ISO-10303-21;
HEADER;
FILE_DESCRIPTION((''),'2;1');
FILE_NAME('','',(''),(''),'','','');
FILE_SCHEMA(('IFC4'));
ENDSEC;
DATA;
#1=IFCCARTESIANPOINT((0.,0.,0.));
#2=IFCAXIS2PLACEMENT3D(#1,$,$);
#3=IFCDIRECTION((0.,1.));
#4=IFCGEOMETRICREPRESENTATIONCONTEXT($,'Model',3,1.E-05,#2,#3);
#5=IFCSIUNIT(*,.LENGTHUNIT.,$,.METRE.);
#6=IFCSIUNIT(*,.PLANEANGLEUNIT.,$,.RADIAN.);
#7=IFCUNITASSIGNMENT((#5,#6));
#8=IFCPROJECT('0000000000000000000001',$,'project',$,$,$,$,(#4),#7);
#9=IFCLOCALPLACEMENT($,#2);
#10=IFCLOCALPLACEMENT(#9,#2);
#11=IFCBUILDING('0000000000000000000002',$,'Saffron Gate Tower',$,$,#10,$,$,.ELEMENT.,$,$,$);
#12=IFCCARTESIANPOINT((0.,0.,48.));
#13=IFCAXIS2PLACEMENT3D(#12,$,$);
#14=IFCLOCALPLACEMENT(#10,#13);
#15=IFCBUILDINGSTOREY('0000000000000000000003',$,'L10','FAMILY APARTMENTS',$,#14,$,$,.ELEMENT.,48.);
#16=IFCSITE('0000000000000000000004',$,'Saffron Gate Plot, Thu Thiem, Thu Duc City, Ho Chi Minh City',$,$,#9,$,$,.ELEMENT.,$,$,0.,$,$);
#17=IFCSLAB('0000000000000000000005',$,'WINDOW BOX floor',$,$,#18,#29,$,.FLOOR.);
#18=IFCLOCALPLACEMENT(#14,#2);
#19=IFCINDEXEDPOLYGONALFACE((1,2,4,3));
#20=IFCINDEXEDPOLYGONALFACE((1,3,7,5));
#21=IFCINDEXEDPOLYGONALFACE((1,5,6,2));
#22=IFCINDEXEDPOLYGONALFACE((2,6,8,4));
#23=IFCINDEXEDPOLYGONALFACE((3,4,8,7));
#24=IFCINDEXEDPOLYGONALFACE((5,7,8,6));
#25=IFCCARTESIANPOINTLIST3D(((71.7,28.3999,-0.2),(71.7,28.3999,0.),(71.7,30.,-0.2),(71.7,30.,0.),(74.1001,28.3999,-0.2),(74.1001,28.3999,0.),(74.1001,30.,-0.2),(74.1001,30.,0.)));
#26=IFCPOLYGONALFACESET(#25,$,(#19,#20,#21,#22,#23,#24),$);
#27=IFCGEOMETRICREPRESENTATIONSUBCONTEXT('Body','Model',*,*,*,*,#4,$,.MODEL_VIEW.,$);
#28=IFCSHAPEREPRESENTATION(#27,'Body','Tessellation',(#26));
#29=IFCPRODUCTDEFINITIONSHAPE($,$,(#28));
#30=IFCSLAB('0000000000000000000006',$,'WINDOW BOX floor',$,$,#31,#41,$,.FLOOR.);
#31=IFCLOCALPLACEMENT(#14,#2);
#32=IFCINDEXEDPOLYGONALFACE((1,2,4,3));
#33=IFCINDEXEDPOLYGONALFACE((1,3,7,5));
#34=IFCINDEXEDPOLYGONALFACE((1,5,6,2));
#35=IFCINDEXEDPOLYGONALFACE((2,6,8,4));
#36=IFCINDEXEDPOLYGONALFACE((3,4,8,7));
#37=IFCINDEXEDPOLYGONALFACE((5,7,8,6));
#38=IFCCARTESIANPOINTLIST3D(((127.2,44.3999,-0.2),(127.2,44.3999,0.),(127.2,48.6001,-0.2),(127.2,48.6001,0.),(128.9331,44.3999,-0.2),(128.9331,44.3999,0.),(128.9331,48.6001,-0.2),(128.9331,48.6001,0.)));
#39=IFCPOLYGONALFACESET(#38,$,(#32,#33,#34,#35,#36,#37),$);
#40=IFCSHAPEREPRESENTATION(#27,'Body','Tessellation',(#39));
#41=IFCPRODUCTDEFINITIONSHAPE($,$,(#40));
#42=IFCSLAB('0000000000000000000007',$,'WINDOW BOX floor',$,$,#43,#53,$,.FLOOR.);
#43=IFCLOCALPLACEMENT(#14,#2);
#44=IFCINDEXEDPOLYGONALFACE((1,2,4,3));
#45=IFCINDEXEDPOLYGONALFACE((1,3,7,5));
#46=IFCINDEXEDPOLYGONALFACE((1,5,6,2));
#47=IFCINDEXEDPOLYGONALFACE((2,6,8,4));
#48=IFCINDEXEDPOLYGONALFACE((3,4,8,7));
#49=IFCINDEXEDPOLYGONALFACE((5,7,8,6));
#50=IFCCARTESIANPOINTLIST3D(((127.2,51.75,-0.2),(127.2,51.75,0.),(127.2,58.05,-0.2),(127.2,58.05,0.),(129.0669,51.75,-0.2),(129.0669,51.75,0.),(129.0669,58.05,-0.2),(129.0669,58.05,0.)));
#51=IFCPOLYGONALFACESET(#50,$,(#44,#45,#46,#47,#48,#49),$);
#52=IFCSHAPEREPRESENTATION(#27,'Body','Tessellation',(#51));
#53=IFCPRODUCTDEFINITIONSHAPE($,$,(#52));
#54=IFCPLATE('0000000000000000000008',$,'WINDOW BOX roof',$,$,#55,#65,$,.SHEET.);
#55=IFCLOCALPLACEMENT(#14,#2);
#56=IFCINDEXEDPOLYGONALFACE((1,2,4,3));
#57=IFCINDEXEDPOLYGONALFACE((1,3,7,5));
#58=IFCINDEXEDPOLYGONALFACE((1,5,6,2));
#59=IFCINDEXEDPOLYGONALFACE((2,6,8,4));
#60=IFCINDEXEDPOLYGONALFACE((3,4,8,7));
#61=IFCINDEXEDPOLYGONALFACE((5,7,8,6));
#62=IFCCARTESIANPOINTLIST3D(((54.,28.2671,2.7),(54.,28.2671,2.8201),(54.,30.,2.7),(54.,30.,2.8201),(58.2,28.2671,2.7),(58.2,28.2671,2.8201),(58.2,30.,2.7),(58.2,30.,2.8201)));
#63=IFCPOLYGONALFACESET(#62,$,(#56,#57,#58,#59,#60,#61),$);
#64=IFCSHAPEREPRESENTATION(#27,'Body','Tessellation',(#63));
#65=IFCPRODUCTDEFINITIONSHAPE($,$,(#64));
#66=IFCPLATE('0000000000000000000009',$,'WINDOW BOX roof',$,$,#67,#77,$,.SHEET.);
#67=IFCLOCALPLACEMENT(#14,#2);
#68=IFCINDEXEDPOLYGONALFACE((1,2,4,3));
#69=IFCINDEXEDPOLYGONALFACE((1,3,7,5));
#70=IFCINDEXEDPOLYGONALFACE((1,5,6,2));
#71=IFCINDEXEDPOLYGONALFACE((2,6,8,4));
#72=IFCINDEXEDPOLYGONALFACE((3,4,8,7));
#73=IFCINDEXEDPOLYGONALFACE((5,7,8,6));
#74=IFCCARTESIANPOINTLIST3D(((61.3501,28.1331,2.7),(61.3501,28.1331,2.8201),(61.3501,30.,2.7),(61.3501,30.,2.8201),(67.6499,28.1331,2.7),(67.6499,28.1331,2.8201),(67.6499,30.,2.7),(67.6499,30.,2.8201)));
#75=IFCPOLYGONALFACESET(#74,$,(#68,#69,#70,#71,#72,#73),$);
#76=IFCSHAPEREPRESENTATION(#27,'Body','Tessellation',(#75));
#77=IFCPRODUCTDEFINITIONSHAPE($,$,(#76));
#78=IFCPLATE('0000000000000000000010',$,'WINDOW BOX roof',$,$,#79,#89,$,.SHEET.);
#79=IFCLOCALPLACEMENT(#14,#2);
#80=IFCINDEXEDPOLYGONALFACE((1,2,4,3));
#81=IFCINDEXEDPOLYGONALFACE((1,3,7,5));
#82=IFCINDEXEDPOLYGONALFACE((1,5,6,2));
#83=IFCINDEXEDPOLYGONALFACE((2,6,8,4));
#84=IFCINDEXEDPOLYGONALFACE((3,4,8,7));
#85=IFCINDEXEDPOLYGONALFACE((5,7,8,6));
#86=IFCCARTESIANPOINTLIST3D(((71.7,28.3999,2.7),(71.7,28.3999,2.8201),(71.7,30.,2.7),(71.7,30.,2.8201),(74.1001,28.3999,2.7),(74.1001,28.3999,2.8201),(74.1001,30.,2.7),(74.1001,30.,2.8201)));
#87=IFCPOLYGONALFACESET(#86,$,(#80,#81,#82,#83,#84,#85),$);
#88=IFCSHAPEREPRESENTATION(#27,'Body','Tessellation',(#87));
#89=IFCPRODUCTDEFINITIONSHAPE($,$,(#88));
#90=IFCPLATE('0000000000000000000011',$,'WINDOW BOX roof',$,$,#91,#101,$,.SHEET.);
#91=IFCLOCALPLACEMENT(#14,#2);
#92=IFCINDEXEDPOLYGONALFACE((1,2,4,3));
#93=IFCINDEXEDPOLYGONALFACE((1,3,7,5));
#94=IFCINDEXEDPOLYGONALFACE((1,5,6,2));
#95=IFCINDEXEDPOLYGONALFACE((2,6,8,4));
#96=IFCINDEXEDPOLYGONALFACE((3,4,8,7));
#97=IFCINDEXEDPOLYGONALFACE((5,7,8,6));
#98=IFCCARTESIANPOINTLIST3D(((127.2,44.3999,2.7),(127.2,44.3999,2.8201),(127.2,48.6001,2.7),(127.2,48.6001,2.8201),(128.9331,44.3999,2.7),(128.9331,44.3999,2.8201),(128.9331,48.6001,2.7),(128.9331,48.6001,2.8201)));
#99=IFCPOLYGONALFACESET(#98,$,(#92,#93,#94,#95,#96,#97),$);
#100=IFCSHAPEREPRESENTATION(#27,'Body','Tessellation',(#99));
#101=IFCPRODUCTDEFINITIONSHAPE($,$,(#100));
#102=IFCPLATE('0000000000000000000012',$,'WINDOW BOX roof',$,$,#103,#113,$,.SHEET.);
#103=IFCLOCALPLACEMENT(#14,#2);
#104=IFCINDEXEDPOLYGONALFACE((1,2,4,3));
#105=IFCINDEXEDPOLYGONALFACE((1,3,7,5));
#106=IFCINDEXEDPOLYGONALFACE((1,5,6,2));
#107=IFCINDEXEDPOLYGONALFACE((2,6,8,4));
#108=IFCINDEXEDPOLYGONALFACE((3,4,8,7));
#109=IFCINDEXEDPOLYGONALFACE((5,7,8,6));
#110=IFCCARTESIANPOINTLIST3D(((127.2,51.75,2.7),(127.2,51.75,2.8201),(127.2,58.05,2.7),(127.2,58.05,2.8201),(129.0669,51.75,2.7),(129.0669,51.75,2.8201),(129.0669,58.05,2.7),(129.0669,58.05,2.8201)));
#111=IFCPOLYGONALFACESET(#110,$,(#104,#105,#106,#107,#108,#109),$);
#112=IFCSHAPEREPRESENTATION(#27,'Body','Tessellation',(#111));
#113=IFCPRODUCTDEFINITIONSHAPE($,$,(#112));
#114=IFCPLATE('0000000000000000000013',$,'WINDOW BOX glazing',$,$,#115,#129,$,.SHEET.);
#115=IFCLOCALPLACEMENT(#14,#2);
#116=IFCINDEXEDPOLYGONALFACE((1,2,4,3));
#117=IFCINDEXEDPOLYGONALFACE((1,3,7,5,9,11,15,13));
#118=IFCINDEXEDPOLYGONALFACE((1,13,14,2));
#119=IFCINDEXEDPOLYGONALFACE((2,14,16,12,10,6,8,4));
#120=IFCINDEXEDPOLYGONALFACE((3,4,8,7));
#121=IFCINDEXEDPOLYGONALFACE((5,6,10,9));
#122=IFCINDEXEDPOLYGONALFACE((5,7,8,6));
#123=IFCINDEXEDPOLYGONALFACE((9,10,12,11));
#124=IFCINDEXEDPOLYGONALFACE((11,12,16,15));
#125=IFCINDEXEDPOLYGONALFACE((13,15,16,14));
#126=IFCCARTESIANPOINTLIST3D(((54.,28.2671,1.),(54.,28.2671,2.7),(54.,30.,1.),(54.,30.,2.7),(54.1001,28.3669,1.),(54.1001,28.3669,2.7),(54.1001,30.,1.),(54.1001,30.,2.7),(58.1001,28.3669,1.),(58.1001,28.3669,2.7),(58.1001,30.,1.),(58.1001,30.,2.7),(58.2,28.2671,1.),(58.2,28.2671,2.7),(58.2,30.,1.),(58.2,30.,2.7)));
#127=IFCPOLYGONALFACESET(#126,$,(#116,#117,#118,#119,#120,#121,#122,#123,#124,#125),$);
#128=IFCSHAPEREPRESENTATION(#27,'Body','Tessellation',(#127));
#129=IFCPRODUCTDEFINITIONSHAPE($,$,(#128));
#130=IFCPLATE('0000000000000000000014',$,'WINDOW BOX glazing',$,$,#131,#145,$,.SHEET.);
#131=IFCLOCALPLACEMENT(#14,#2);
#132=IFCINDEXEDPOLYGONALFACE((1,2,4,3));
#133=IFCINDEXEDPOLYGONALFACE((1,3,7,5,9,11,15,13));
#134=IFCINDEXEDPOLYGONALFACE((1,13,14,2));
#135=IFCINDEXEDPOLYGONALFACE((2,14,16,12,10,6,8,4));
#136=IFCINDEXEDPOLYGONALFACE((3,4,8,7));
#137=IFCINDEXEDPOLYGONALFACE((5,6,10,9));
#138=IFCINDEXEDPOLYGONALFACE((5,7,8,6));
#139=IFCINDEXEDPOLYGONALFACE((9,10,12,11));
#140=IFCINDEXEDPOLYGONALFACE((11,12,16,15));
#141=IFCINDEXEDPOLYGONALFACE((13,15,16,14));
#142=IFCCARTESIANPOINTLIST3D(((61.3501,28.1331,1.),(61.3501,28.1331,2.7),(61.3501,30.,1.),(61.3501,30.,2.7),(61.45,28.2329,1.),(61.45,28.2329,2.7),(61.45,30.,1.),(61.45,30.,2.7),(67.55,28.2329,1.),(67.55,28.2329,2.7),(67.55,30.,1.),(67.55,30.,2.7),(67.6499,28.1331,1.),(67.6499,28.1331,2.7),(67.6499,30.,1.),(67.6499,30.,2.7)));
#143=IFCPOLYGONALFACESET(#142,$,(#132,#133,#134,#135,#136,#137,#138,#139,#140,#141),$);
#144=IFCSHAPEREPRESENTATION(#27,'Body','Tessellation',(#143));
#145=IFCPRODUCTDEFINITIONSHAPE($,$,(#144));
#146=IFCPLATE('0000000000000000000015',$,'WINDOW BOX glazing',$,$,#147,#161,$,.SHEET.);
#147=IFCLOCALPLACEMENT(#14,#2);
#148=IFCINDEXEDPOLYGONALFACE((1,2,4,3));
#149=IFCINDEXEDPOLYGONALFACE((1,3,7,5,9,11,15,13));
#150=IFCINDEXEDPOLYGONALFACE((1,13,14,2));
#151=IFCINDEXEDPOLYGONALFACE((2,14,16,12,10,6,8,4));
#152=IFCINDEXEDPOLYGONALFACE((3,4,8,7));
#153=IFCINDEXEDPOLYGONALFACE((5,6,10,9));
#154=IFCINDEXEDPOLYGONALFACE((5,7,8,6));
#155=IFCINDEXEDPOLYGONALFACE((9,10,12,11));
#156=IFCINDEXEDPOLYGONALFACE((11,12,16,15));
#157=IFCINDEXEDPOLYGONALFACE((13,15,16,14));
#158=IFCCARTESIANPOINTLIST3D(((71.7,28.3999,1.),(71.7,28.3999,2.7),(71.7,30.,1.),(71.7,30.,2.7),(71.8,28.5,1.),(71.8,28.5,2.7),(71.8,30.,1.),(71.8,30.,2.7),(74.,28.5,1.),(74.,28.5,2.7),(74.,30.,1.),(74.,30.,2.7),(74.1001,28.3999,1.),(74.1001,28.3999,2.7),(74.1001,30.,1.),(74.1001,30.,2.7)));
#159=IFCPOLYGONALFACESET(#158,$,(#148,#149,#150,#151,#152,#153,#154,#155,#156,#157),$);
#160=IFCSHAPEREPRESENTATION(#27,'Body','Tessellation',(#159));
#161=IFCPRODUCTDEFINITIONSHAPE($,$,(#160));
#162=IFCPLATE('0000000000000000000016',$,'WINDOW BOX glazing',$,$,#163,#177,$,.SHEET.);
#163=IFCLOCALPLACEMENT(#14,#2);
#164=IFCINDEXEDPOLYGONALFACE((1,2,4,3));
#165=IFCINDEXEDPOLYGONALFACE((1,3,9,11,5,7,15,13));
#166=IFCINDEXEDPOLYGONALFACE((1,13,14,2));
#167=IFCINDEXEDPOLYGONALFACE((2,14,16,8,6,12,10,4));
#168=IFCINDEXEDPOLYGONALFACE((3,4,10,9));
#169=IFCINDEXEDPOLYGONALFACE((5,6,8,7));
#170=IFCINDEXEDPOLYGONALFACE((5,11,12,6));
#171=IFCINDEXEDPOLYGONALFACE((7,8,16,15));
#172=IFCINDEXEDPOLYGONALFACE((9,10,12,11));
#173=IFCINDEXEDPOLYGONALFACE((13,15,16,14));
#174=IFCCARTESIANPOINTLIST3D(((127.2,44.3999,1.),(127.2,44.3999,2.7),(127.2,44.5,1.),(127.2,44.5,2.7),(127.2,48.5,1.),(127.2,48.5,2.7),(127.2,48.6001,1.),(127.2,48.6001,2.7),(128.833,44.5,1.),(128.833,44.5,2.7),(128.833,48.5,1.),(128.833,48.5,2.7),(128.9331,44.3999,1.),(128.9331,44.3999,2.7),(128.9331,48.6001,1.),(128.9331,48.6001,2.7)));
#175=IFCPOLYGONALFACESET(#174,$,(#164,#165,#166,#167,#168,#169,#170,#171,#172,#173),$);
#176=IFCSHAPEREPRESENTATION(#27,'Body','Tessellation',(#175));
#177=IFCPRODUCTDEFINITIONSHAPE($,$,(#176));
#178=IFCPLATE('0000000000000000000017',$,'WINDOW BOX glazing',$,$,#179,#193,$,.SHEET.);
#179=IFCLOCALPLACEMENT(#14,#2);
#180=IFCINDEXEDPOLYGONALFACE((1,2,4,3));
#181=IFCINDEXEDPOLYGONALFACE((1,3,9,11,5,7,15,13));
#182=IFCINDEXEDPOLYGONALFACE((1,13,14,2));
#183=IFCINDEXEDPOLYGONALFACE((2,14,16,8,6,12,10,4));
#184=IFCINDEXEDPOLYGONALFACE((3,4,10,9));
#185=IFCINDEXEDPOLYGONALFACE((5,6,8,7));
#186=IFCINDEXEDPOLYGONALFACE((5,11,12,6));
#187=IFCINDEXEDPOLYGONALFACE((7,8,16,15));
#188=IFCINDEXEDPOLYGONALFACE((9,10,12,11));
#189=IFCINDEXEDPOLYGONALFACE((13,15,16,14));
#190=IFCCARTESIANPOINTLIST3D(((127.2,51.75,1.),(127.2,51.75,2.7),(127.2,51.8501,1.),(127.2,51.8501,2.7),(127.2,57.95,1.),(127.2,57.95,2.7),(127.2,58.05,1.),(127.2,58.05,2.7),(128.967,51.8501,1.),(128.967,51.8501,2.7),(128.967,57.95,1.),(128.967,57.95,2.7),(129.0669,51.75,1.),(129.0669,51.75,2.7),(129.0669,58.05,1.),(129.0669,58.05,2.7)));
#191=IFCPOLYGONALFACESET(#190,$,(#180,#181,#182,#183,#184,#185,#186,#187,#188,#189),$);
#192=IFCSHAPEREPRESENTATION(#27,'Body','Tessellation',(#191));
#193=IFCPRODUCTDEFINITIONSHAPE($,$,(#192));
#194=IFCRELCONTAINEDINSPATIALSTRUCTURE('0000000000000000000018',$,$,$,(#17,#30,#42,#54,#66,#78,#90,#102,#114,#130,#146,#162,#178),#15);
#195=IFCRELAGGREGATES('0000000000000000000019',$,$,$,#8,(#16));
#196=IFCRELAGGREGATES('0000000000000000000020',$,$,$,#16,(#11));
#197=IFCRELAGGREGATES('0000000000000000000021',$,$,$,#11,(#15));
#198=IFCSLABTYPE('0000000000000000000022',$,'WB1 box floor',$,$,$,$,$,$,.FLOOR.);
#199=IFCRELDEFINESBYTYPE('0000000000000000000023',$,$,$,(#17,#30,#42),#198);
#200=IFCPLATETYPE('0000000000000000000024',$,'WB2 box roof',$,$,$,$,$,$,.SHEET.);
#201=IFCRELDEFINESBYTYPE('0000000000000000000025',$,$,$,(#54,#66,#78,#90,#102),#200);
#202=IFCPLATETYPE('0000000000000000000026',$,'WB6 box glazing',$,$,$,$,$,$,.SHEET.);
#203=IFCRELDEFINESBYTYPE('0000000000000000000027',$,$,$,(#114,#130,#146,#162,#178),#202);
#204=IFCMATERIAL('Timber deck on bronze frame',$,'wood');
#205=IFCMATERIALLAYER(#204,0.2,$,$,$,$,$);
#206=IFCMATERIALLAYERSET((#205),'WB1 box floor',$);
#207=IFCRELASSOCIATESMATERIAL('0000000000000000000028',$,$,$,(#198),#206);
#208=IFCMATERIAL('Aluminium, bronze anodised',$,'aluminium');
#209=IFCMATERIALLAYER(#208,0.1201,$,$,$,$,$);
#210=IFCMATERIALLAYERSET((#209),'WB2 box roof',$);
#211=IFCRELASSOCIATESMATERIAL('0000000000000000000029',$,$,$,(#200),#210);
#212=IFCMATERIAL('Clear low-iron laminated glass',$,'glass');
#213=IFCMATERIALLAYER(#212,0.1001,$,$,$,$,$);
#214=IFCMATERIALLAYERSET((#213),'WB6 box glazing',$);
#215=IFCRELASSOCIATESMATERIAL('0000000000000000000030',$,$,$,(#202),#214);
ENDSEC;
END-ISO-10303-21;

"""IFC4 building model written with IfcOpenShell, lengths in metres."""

from ifc_helpers import new_model, si_unit, direction, frame, origin, place, context, subcontext, project, spatial, polyline, outline, extrude, material, layer, layer_set, type_object, element, save


model = new_model("IFC4")

# Units and contexts
model_context = context("Model", 3, precision=1e-05, world=origin(), true_north=direction((0.0, 1.0)))
body_context = subcontext(model_context, "Body", "Model", "MODEL_VIEW")
ifc_project = project(units=[si_unit("LENGTHUNIT", "METRE"), si_unit("PLANEANGLEUNIT", "RADIAN")], contexts=[model_context])

# Site, building, storey
site_placement = place(None, origin())
site = spatial("IfcSite", under=ifc_project, at=site_placement, Name="Saffron Gate Plot, Thu Thiem, Thu Duc City, Ho Chi Minh City", CompositionType="ELEMENT", RefElevation=0.0)
building_placement = place(site_placement, origin())
building = spatial("IfcBuilding", under=site, at=building_placement, Name="Saffron Gate Tower", CompositionType="ELEMENT")
storey_placement = place(building_placement, frame((0.0, 0.0, 48.0)))
storey = spatial("IfcBuildingStorey", under=building, at=storey_placement, Name="L10", Description="FAMILY APARTMENTS", CompositionType="ELEMENT", Elevation=48.0)

# Slabs
ifc_material_1 = material(Name="Timber deck on bronze frame", Category="wood")
ifc_layer_1 = layer(ifc_material_1, 0.2)
ifc_layer_set_1 = layer_set([ifc_layer_1], Name="WB1 box floor")
slab_type_1 = type_object("IfcSlabType", Name="WB1 box floor", PredefinedType="FLOOR", material=ifc_layer_set_1)
slab_1_placement = place(storey_placement, frame((0.0, 0.0, -0.2)))
element("IfcSlab", 1, at=slab_1_placement, inside=storey, type_object=slab_type_1, Name="WINDOW BOX floor", PredefinedType="FLOOR", context=body_context, shape_type="SweptSolid", body=[
    extrude(outline(polyline([(71.7, 30.0), (74.1001, 30.0), (74.1001, 28.3999), (71.7, 28.3999), (71.7, 30.0)])), origin(), (0.0, 0.0, 1.0), 0.2),
])
slab_2_placement = place(storey_placement, frame((0.0, 0.0, -0.2)))
element("IfcSlab", 2, at=slab_2_placement, inside=storey, type_object=slab_type_1, Name="WINDOW BOX floor", PredefinedType="FLOOR", context=body_context, shape_type="SweptSolid", body=[
    extrude(outline(polyline([(127.2, 44.3999), (127.2, 48.6001), (128.9331, 48.6001), (128.9331, 44.3999), (127.2, 44.3999)])), origin(), (0.0, 0.0, 1.0), 0.2),
])
slab_3_placement = place(storey_placement, frame((0.0, 0.0, -0.2)))
element("IfcSlab", 3, at=slab_3_placement, inside=storey, type_object=slab_type_1, Name="WINDOW BOX floor", PredefinedType="FLOOR", context=body_context, shape_type="SweptSolid", body=[
    extrude(outline(polyline([(127.2, 51.75), (127.2, 58.05), (129.0669, 58.05), (129.0669, 51.75), (127.2, 51.75)])), origin(), (0.0, 0.0, 1.0), 0.2),
])

# Plates
ifc_material_2 = material(Name="Aluminium, bronze anodised", Category="aluminium")
ifc_layer_2 = layer(ifc_material_2, 0.1201)
ifc_layer_set_2 = layer_set([ifc_layer_2], Name="WB2 box roof")
plate_type_1 = type_object("IfcPlateType", Name="WB2 box roof", PredefinedType="SHEET", material=ifc_layer_set_2)
plate_1_placement = place(storey_placement, frame((0.0, 0.0, 2.7)))
element("IfcPlate", 4, at=plate_1_placement, inside=storey, type_object=plate_type_1, Name="WINDOW BOX roof", PredefinedType="SHEET", context=body_context, shape_type="SweptSolid", body=[
    extrude(outline(polyline([(54.0, 30.0), (58.2, 30.0), (58.2, 28.2671), (54.0, 28.2671), (54.0, 30.0)])), origin(), (0.0, 0.0, 1.0), 0.1201),
])
plate_2_placement = place(storey_placement, frame((0.0, 0.0, 2.7)))
element("IfcPlate", 5, at=plate_2_placement, inside=storey, type_object=plate_type_1, Name="WINDOW BOX roof", PredefinedType="SHEET", context=body_context, shape_type="SweptSolid", body=[
    extrude(outline(polyline([(61.3501, 30.0), (67.6499, 30.0), (67.6499, 28.1331), (61.3501, 28.1331), (61.3501, 30.0)])), origin(), (0.0, 0.0, 1.0), 0.1201),
])
plate_3_placement = place(storey_placement, frame((0.0, 0.0, 2.7)))
element("IfcPlate", 6, at=plate_3_placement, inside=storey, type_object=plate_type_1, Name="WINDOW BOX roof", PredefinedType="SHEET", context=body_context, shape_type="SweptSolid", body=[
    extrude(outline(polyline([(71.7, 30.0), (74.1001, 30.0), (74.1001, 28.3999), (71.7, 28.3999), (71.7, 30.0)])), origin(), (0.0, 0.0, 1.0), 0.1201),
])
plate_4_placement = place(storey_placement, frame((0.0, 0.0, 2.7)))
element("IfcPlate", 7, at=plate_4_placement, inside=storey, type_object=plate_type_1, Name="WINDOW BOX roof", PredefinedType="SHEET", context=body_context, shape_type="SweptSolid", body=[
    extrude(outline(polyline([(127.2, 44.3999), (127.2, 48.6001), (128.9331, 48.6001), (128.9331, 44.3999), (127.2, 44.3999)])), origin(), (0.0, 0.0, 1.0), 0.1201),
])
plate_5_placement = place(storey_placement, frame((0.0, 0.0, 2.7)))
element("IfcPlate", 8, at=plate_5_placement, inside=storey, type_object=plate_type_1, Name="WINDOW BOX roof", PredefinedType="SHEET", context=body_context, shape_type="SweptSolid", body=[
    extrude(outline(polyline([(127.2, 51.75), (127.2, 58.05), (129.0669, 58.05), (129.0669, 51.75), (127.2, 51.75)])), origin(), (0.0, 0.0, 1.0), 0.1201),
])
ifc_material_3 = material(Name="Clear low-iron laminated glass", Category="glass")
ifc_layer_3 = layer(ifc_material_3, 0.1001)
ifc_layer_set_3 = layer_set([ifc_layer_3], Name="WB6 box glazing")
plate_type_2 = type_object("IfcPlateType", Name="WB6 box glazing", PredefinedType="SHEET", material=ifc_layer_set_3)
plate_6_placement = place(storey_placement, frame((0.0, 0.0, 1.0)))
element("IfcPlate", 9, at=plate_6_placement, inside=storey, type_object=plate_type_2, Name="WINDOW BOX glazing", PredefinedType="SHEET", context=body_context, shape_type="SweptSolid", body=[
    extrude(outline(polyline([(54.0, 30.0), (54.1001, 30.0), (54.1001, 28.3669), (58.1001, 28.3669), (58.1001, 30.0), (58.2, 30.0), (58.2, 28.2671), (54.0, 28.2671), (54.0, 30.0)])), origin(), (0.0, 0.0, 1.0), 1.7),
])
plate_7_placement = place(storey_placement, frame((0.0, 0.0, 1.0)))
element("IfcPlate", 10, at=plate_7_placement, inside=storey, type_object=plate_type_2, Name="WINDOW BOX glazing", PredefinedType="SHEET", context=body_context, shape_type="SweptSolid", body=[
    extrude(outline(polyline([(61.3501, 30.0), (61.45, 30.0), (61.45, 28.2329), (67.55, 28.2329), (67.55, 30.0), (67.6499, 30.0), (67.6499, 28.1331), (61.3501, 28.1331), (61.3501, 30.0)])), origin(), (0.0, 0.0, 1.0), 1.7),
])
plate_8_placement = place(storey_placement, frame((0.0, 0.0, 1.0)))
element("IfcPlate", 11, at=plate_8_placement, inside=storey, type_object=plate_type_2, Name="WINDOW BOX glazing", PredefinedType="SHEET", context=body_context, shape_type="SweptSolid", body=[
    extrude(outline(polyline([(71.7, 30.0), (71.8, 30.0), (71.8, 28.5), (74.0, 28.5), (74.0, 30.0), (74.1001, 30.0), (74.1001, 28.3999), (71.7, 28.3999), (71.7, 30.0)])), origin(), (0.0, 0.0, 1.0), 1.7),
])
plate_9_placement = place(storey_placement, frame((0.0, 0.0, 1.0)))
element("IfcPlate", 12, at=plate_9_placement, inside=storey, type_object=plate_type_2, Name="WINDOW BOX glazing", PredefinedType="SHEET", context=body_context, shape_type="SweptSolid", body=[
    extrude(outline(polyline([(127.2, 44.3999), (127.2, 44.5), (128.833, 44.5), (128.833, 48.5), (127.2, 48.5), (127.2, 48.6001), (128.9331, 48.6001), (128.9331, 44.3999), (127.2, 44.3999)])), origin(), (0.0, 0.0, 1.0), 1.7),
])
plate_10_placement = place(storey_placement, frame((0.0, 0.0, 1.0)))
element("IfcPlate", 13, at=plate_10_placement, inside=storey, type_object=plate_type_2, Name="WINDOW BOX glazing", PredefinedType="SHEET", context=body_context, shape_type="SweptSolid", body=[
    extrude(outline(polyline([(127.2, 51.75), (127.2, 51.8501), (128.967, 51.8501), (128.967, 57.95), (127.2, 57.95), (127.2, 58.05), (129.0669, 58.05), (129.0669, 51.75), (127.2, 51.75)])), origin(), (0.0, 0.0, 1.0), 1.7),
])

save(model, "model.ifc")
